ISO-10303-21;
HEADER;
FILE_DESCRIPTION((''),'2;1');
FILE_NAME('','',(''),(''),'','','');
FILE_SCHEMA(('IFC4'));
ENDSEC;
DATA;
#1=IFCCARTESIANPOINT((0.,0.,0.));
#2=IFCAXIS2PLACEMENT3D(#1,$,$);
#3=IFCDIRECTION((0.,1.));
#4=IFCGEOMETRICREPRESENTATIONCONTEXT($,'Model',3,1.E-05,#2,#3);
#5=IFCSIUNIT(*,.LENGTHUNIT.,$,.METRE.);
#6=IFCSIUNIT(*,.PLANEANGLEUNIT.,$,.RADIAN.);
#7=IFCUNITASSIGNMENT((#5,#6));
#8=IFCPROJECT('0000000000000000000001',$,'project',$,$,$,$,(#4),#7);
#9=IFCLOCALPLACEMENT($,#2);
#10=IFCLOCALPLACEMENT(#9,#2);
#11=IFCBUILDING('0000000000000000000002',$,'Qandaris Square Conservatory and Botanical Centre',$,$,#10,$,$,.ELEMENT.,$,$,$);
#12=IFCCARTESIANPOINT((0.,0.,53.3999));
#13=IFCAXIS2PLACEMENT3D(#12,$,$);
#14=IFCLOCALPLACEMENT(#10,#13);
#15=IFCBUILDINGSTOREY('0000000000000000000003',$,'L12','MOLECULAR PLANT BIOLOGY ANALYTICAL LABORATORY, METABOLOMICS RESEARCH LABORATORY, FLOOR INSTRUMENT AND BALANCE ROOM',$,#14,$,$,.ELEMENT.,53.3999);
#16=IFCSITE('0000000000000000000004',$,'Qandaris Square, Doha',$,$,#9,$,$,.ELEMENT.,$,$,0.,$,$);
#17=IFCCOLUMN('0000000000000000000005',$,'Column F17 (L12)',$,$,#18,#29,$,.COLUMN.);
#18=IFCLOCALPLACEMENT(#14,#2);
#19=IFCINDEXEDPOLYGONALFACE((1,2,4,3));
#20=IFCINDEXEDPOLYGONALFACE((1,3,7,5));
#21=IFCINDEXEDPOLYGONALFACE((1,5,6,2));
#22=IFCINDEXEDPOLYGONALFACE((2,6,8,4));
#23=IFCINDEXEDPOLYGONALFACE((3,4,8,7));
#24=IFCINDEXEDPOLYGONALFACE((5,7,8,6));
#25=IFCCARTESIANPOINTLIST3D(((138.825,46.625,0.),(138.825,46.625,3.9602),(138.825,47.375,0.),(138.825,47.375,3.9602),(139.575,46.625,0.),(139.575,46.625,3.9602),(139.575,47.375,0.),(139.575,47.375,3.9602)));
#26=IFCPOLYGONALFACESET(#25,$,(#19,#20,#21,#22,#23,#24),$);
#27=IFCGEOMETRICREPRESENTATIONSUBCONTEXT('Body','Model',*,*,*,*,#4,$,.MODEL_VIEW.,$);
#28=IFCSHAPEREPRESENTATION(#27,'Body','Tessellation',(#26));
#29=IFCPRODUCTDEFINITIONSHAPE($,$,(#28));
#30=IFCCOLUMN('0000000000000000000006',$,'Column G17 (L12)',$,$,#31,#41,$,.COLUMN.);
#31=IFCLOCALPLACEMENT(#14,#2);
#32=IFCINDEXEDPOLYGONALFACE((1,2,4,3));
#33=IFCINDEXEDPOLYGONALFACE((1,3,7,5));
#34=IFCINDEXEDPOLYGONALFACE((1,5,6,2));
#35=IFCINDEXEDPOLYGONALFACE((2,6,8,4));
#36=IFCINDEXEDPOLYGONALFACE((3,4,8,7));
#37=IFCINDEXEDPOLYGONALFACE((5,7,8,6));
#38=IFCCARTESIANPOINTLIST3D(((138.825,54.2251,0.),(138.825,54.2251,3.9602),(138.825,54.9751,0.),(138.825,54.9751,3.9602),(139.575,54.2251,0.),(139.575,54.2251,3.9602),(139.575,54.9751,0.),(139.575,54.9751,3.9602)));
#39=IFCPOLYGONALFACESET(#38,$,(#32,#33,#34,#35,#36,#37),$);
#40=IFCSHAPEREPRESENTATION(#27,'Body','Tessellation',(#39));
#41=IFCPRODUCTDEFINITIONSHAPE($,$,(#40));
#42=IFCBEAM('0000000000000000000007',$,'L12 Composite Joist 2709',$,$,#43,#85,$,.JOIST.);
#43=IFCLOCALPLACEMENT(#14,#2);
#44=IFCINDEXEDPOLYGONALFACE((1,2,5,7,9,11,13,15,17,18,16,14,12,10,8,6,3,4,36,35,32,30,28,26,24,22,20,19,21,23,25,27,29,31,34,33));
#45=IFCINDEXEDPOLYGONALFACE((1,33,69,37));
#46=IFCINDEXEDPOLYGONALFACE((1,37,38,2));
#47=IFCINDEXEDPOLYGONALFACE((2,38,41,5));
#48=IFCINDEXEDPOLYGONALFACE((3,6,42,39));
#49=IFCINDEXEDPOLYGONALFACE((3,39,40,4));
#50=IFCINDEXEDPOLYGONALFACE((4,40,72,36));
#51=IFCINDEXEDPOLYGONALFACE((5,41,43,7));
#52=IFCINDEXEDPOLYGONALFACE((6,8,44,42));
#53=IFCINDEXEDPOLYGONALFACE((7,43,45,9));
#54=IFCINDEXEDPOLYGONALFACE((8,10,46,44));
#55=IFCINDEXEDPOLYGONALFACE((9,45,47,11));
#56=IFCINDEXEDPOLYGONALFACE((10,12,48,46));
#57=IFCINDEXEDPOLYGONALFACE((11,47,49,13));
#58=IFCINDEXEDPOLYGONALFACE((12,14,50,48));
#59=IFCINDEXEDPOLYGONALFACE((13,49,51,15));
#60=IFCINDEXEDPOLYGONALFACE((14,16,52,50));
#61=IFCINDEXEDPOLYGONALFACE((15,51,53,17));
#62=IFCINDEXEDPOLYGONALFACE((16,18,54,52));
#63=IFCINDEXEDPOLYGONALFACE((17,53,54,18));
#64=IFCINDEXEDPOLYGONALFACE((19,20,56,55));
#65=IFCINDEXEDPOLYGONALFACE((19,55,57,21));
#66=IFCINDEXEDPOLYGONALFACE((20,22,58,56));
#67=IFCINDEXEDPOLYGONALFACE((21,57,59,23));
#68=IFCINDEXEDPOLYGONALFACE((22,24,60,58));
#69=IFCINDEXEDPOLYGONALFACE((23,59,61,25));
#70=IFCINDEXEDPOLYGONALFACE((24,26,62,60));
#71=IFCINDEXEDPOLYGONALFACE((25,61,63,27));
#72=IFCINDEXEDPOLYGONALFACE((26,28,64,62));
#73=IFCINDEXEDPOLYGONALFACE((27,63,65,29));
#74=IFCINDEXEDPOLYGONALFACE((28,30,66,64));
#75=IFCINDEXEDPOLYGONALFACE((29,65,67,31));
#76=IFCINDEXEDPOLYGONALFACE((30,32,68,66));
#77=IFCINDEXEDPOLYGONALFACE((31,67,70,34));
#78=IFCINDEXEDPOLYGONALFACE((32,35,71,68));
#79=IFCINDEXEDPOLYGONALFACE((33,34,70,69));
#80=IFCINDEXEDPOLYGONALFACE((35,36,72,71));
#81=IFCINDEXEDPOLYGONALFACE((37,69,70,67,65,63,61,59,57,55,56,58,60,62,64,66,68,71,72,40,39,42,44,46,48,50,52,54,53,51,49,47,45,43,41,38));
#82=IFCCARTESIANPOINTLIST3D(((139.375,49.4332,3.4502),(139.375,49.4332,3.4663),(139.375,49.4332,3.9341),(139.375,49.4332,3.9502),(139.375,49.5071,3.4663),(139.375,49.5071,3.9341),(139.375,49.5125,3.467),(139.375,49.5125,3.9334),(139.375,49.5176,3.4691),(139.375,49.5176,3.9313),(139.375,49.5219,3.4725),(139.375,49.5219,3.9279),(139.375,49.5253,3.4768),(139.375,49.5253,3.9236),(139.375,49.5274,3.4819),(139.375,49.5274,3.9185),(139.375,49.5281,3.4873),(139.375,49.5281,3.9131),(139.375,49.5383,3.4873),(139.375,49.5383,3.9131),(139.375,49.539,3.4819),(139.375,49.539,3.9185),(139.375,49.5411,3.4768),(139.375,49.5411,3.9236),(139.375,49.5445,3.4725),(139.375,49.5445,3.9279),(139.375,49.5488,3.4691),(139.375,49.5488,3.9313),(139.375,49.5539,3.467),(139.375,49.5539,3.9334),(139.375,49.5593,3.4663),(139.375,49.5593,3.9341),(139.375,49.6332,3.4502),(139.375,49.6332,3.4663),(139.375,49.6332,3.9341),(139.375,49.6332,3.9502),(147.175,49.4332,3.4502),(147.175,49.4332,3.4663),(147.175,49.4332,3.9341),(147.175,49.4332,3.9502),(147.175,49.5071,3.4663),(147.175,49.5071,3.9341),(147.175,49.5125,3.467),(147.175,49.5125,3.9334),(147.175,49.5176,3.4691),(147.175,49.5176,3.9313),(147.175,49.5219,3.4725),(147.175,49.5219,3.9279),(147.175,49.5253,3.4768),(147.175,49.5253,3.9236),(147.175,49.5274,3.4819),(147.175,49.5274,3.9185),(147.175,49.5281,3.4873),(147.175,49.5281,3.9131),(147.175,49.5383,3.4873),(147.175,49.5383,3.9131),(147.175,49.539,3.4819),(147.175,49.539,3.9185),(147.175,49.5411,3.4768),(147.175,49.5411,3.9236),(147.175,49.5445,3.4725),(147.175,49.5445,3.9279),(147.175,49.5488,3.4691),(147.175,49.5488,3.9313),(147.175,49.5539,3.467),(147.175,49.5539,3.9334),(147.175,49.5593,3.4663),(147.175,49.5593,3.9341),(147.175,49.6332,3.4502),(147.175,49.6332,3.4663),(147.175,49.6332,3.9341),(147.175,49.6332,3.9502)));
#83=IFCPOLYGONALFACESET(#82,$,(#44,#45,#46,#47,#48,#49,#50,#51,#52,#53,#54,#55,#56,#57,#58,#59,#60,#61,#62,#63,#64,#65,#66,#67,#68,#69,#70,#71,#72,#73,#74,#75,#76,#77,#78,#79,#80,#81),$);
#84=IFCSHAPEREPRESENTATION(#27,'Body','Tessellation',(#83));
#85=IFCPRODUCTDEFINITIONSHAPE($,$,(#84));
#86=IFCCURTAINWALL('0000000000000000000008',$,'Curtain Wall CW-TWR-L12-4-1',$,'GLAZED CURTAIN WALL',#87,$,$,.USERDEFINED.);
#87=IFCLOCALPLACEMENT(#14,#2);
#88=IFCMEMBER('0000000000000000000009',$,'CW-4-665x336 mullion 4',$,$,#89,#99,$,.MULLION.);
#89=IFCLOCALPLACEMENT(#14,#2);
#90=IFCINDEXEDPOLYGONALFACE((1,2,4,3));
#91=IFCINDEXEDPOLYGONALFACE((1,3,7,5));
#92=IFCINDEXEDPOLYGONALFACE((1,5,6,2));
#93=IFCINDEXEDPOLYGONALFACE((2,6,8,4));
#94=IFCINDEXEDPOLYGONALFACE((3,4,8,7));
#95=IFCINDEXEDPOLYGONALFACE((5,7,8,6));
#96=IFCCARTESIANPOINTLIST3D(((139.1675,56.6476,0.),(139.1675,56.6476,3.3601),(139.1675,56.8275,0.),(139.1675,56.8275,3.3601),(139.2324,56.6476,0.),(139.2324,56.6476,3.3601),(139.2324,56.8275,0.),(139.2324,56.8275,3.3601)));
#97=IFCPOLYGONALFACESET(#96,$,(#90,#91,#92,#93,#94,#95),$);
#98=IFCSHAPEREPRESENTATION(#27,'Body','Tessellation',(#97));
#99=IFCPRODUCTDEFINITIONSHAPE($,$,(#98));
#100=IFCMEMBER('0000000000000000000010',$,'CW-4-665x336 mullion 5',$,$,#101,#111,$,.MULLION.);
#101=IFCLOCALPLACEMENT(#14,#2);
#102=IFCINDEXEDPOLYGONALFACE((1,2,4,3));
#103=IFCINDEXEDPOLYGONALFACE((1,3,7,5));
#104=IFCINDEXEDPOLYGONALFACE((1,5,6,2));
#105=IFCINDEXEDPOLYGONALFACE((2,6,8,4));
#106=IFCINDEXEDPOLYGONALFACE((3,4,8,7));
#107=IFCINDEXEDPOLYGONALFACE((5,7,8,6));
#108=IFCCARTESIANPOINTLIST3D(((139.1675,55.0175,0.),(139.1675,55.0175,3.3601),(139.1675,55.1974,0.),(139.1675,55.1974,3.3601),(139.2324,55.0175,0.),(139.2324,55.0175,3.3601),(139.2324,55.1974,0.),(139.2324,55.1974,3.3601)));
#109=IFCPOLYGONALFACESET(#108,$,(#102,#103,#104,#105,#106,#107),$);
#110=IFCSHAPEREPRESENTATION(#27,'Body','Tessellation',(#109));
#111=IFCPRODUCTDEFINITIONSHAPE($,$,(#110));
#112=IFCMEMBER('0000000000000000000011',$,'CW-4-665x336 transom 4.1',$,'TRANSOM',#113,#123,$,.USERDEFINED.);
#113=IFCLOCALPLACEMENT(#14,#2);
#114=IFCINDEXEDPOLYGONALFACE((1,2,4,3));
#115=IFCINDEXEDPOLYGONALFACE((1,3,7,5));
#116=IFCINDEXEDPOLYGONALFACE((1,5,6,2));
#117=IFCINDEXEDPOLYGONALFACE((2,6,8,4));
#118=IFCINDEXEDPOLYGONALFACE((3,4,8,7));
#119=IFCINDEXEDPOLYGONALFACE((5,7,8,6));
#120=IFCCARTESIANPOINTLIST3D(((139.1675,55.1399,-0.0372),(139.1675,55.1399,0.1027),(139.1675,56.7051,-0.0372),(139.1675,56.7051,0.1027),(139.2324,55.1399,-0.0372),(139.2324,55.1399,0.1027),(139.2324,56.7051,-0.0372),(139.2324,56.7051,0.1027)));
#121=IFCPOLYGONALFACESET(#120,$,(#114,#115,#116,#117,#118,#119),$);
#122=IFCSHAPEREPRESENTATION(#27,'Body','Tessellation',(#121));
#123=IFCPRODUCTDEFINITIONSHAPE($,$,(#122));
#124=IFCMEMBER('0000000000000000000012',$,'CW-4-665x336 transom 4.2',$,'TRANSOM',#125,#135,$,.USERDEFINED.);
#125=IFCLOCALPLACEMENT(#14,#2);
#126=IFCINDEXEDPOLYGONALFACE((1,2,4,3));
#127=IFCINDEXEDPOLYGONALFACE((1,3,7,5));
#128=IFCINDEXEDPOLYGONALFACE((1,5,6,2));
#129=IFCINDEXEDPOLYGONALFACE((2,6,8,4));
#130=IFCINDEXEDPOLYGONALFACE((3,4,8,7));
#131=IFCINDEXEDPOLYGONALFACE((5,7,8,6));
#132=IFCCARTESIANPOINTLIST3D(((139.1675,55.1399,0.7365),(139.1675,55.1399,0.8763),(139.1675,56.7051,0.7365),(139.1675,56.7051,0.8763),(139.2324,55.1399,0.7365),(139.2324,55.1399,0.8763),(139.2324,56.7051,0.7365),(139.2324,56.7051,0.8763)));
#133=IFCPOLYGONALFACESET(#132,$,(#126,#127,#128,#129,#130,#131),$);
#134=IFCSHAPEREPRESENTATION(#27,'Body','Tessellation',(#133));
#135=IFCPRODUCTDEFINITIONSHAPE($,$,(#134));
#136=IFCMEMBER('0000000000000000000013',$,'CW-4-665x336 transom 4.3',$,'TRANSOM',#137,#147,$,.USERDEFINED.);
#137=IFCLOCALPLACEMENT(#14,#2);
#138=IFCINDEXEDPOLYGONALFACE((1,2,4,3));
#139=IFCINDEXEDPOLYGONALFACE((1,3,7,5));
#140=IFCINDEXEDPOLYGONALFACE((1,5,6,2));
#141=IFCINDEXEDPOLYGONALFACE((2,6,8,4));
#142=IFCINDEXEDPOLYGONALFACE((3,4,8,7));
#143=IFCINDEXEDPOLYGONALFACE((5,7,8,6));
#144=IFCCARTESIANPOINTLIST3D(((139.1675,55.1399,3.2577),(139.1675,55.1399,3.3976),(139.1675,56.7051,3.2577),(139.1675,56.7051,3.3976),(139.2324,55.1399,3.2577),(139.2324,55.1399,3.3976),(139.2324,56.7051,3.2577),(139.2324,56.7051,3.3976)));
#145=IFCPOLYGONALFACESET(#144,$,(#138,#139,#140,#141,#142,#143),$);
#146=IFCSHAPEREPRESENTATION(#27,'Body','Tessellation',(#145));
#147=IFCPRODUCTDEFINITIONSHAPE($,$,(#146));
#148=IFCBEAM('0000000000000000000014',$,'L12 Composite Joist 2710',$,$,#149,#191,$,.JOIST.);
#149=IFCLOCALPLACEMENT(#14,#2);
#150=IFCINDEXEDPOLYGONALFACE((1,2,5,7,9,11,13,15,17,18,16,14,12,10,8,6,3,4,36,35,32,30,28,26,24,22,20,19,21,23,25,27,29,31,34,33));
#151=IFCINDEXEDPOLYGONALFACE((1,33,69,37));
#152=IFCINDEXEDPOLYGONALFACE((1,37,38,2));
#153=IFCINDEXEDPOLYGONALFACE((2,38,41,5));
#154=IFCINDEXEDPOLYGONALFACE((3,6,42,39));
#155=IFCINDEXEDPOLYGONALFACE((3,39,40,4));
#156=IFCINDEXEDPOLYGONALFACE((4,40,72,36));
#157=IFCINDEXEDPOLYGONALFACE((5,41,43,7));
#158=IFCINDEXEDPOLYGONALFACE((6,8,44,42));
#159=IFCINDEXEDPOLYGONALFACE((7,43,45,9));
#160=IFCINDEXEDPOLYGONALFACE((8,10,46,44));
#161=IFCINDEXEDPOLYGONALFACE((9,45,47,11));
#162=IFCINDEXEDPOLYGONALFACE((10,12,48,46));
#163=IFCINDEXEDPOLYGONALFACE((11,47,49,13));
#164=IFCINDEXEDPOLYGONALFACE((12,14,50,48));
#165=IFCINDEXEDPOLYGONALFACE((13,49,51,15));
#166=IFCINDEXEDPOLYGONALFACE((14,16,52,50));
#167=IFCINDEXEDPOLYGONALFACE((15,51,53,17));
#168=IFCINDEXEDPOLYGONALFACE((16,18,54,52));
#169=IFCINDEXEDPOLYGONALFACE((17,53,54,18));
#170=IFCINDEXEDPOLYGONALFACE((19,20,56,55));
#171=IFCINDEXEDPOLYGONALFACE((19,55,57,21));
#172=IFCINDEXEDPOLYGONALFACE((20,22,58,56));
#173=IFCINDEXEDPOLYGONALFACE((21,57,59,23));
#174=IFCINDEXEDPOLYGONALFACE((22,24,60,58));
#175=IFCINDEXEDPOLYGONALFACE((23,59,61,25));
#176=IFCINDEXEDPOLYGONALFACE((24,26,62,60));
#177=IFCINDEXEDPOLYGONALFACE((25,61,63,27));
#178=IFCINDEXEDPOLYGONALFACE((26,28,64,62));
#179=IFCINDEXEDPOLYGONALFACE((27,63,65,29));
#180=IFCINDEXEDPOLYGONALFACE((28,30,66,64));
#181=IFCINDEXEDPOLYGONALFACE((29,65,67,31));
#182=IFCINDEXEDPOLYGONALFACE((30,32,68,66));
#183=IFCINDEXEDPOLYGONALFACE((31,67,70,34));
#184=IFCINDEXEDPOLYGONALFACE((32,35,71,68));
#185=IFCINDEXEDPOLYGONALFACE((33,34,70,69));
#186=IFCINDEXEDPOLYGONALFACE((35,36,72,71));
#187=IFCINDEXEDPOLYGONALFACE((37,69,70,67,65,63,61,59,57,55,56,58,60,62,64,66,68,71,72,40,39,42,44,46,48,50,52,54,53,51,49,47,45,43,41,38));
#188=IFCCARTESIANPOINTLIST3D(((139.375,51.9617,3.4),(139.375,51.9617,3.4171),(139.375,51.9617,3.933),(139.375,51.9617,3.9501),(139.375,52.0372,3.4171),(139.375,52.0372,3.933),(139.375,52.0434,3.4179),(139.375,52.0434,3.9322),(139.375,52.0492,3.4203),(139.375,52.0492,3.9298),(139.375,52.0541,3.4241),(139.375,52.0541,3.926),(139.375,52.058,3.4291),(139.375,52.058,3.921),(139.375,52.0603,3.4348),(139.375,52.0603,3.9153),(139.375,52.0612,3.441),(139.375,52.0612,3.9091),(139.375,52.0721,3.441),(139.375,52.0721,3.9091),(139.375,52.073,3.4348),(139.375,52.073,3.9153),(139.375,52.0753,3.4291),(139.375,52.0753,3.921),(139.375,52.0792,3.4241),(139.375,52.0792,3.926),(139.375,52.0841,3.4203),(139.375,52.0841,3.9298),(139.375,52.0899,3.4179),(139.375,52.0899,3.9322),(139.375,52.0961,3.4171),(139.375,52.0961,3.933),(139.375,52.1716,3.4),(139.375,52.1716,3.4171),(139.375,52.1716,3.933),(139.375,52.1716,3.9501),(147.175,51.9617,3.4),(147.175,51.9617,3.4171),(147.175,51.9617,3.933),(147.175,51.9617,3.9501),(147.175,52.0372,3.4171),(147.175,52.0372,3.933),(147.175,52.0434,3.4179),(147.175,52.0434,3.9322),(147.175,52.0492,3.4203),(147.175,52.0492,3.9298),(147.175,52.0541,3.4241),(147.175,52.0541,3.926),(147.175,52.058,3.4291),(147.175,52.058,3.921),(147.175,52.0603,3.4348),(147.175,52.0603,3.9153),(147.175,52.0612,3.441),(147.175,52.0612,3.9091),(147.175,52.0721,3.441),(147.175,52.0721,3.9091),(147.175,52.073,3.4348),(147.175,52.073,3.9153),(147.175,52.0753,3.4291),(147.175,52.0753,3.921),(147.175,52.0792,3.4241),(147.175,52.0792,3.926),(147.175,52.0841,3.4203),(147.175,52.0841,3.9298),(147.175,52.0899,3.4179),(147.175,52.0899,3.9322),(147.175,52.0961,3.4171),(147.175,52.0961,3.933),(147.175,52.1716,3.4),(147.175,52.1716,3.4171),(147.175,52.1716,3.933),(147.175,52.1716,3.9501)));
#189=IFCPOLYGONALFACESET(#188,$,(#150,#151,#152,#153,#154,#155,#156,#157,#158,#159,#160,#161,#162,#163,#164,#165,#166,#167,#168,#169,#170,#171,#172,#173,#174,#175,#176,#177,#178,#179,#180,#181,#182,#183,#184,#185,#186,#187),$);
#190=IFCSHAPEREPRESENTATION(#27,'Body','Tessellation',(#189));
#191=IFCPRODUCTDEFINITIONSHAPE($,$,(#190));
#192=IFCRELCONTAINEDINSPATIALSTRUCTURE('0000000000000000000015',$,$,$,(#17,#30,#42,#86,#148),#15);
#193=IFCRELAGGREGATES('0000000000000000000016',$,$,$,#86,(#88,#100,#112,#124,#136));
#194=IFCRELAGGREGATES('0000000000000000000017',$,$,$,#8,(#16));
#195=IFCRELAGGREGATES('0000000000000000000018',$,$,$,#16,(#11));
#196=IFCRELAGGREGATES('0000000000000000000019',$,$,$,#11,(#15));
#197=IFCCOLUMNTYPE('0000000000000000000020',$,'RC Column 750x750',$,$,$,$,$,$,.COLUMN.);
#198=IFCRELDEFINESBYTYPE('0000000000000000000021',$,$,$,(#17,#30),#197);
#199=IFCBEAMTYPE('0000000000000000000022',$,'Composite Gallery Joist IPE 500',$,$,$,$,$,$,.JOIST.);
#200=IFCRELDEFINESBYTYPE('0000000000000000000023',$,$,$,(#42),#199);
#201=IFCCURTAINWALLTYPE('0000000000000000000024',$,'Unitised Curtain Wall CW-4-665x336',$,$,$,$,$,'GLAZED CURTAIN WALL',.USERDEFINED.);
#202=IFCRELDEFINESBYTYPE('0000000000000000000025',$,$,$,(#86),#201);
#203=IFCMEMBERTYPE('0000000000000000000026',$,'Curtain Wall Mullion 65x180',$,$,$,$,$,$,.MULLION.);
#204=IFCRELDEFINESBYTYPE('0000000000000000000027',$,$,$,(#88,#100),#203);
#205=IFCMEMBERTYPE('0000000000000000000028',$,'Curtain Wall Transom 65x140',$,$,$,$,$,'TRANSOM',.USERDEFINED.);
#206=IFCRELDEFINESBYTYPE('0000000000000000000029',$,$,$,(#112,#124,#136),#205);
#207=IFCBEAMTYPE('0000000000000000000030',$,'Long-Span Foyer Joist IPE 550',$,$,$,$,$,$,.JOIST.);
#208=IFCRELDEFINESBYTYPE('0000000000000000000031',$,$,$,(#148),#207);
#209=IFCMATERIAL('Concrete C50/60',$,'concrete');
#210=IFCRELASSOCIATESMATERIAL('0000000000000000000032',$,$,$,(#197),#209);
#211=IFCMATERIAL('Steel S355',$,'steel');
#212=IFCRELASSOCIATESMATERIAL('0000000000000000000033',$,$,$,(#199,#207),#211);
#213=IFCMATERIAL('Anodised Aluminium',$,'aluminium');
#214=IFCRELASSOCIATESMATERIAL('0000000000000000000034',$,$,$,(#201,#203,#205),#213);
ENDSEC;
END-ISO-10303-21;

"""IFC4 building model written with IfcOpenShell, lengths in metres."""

from ifc_helpers import new_model, si_unit, direction, frame, origin, origin_2d, place, context, subcontext, project, spatial, rectangle, i_section, extrude, material, material_profile, profile_set, type_object, element, aggregate, save


model = new_model("IFC4")

# Units and contexts
model_context = context("Model", 3, precision=1e-05, world=origin(), true_north=direction((0.0, 1.0)))
body_context = subcontext(model_context, "Body", "Model", "MODEL_VIEW")
ifc_project = project(units=[si_unit("LENGTHUNIT", "METRE"), si_unit("PLANEANGLEUNIT", "RADIAN")], contexts=[model_context])

# Site, building, storey
site_placement = place(None, origin())
site = spatial("IfcSite", under=ifc_project, at=site_placement, Name="Qandaris Square, Doha", CompositionType="ELEMENT", RefElevation=0.0)
building_placement = place(site_placement, origin())
building = spatial("IfcBuilding", under=site, at=building_placement, Name="Qandaris Square Conservatory and Botanical Centre", CompositionType="ELEMENT")
storey_placement = place(building_placement, frame((0.0, 0.0, 53.3999)))
storey = spatial("IfcBuildingStorey", under=building, at=storey_placement, Name="L12", Description="MOLECULAR PLANT BIOLOGY ANALYTICAL LABORATORY, METABOLOMICS RESEARCH LABORATORY, FLOOR INSTRUMENT AND BALANCE ROOM", CompositionType="ELEMENT", Elevation=53.3999)

# Columns
ifc_material_1 = material(Name="Concrete C50/60", Category="concrete")
ifc_material_profile_1 = material_profile(ifc_material_1, rectangle(XDim=0.75, YDim=0.75, at=origin_2d()), Name="RC-COL 750x750")
ifc_profile_set_1 = profile_set([ifc_material_profile_1], Name="Concrete C50/60")
column_type = type_object("IfcColumnType", Name="RC Column 750x750", PredefinedType="COLUMN", material=ifc_profile_set_1)
for number, where, z_axis, x_axis, name in (
    (1, (139.2, 47.0, 0.0), (0.0, 0.0, 1.0), (1.0, 0.0, 0.0), "Column F17 (L12)"),
    (2, (139.2, 54.6001, 0.0), (0.0, 0.0, 1.0), (1.0, 0.0, 0.0), "Column G17 (L12)"),
):
    element("IfcColumn", number, at=place(storey_placement, frame(where, z_axis=z_axis, x_axis=x_axis)), inside=storey, type_object=column_type, Name=name, PredefinedType="COLUMN", context=body_context, shape_type="SweptSolid", body=[
        extrude(rectangle(XDim=0.75, YDim=0.75, at=origin_2d()), origin(), (0.0, 0.0, 1.0), 3.9602),
    ])

# Beam
ifc_material_2 = material(Name="Steel S355", Category="steel")
ifc_material_profile_2 = material_profile(ifc_material_2, i_section(OverallWidth=0.2, OverallDepth=0.5, WebThickness=0.0103, FlangeThickness=0.0161, FilletRadius=0.021, at=origin_2d()), Name="IPE 500")
ifc_profile_set_2 = profile_set([ifc_material_profile_2], Name="Steel S355")
beam_type_1 = type_object("IfcBeamType", Name="Composite Gallery Joist IPE 500", PredefinedType="JOIST", material=ifc_profile_set_2)
beam_1_placement = place(storey_placement, frame((139.375, 49.5332, 3.7002), z_axis=(1.0, 0.0, 0.0), x_axis=(0.0, 1.0, 0.0)))
element("IfcBeam", 3, at=beam_1_placement, inside=storey, type_object=beam_type_1, Name="L12 Composite Joist 2709", PredefinedType="JOIST", context=body_context, shape_type="SweptSolid", body=[
    extrude(i_section(OverallWidth=0.2, OverallDepth=0.5, WebThickness=0.0103, FlangeThickness=0.0161, FilletRadius=0.021, at=origin_2d()), origin(), (0.0, 0.0, 1.0), 7.8),
])

# Curtain wall, members
ifc_material_3 = material(Name="Anodised Aluminium", Category="aluminium")
curtain_wall_type = type_object("IfcCurtainWallType", Name="Unitised Curtain Wall CW-4-665x336", ElementType="GLAZED CURTAIN WALL", PredefinedType="USERDEFINED", material=ifc_material_3)
curtain_wall_placement = place(storey_placement, origin())
curtain_wall = element("IfcCurtainWall", 4, at=curtain_wall_placement, inside=storey, type_object=curtain_wall_type, Name="Curtain Wall CW-TWR-L12-4-1", ObjectType="GLAZED CURTAIN WALL", PredefinedType="USERDEFINED")
ifc_material_profile_3 = material_profile(ifc_material_3, rectangle(XDim=0.0649, YDim=0.1799, at=origin_2d()), Name="ALU-MUL 65x180")
ifc_profile_set_3 = profile_set([ifc_material_profile_3], Name="Anodised Aluminium")
member_type_1 = type_object("IfcMemberType", Name="Curtain Wall Mullion 65x180", PredefinedType="MULLION", material=ifc_profile_set_3)
member_1_placement = place(storey_placement, frame((139.2, 56.7375, 0.0), z_axis=(0.0, 0.0, 1.0), x_axis=(1.0, 0.0, 0.0)))
member_1 = element("IfcMember", 5, at=member_1_placement, type_object=member_type_1, Name="CW-4-665x336 mullion 4", PredefinedType="MULLION", context=body_context, shape_type="SweptSolid", body=[
    extrude(rectangle(XDim=0.0649, YDim=0.1799, at=origin_2d()), origin(), (0.0, 0.0, 1.0), 3.3601),
])
member_2_placement = place(storey_placement, frame((139.2, 55.1074, 0.0), z_axis=(0.0, 0.0, 1.0), x_axis=(1.0, 0.0, 0.0)))
member_2 = element("IfcMember", 6, at=member_2_placement, type_object=member_type_1, Name="CW-4-665x336 mullion 5", PredefinedType="MULLION", context=body_context, shape_type="SweptSolid", body=[
    extrude(rectangle(XDim=0.0649, YDim=0.1799, at=origin_2d()), origin(), (0.0, 0.0, 1.0), 3.3601),
])
ifc_material_profile_4 = material_profile(ifc_material_3, rectangle(XDim=0.0649, YDim=0.1399, at=origin_2d()), Name="ALU-TRN 65x140")
ifc_profile_set_4 = profile_set([ifc_material_profile_4], Name="Anodised Aluminium")
member_type_2 = type_object("IfcMemberType", Name="Curtain Wall Transom 65x140", ElementType="TRANSOM", PredefinedType="USERDEFINED", material=ifc_profile_set_4)
member_3_placement = place(storey_placement, frame((139.2, 56.7051, 0.0327), z_axis=(0.0, -1.0, 0.0), x_axis=(1.0, 0.0, 0.0)))
member_3 = element("IfcMember", 7, at=member_3_placement, type_object=member_type_2, Name="CW-4-665x336 transom 4.1", ObjectType="TRANSOM", PredefinedType="USERDEFINED", context=body_context, shape_type="SweptSolid", body=[
    extrude(rectangle(XDim=0.0649, YDim=0.1399, at=origin_2d()), origin(), (0.0, 0.0, 1.0), 1.5652),
])
member_4_placement = place(storey_placement, frame((139.2, 56.7051, 0.8064), z_axis=(0.0, -1.0, 0.0), x_axis=(1.0, 0.0, 0.0)))
member_4 = element("IfcMember", 8, at=member_4_placement, type_object=member_type_2, Name="CW-4-665x336 transom 4.2", ObjectType="TRANSOM", PredefinedType="USERDEFINED", context=body_context, shape_type="SweptSolid", body=[
    extrude(rectangle(XDim=0.0649, YDim=0.1399, at=origin_2d()), origin(), (0.0, 0.0, 1.0), 1.5652),
])
member_5_placement = place(storey_placement, frame((139.2, 56.7051, 3.3276), z_axis=(0.0, -1.0, 0.0), x_axis=(1.0, 0.0, 0.0)))
member_5 = element("IfcMember", 9, at=member_5_placement, type_object=member_type_2, Name="CW-4-665x336 transom 4.3", ObjectType="TRANSOM", PredefinedType="USERDEFINED", context=body_context, shape_type="SweptSolid", body=[
    extrude(rectangle(XDim=0.0649, YDim=0.1399, at=origin_2d()), origin(), (0.0, 0.0, 1.0), 1.5652),
])

# Beam
ifc_material_profile_5 = material_profile(ifc_material_2, i_section(OverallWidth=0.21, OverallDepth=0.55, WebThickness=0.011, FlangeThickness=0.0171, FilletRadius=0.0239, at=origin_2d()), Name="IPE 550")
ifc_profile_set_5 = profile_set([ifc_material_profile_5], Name="Steel S355")
beam_type_2 = type_object("IfcBeamType", Name="Long-Span Foyer Joist IPE 550", PredefinedType="JOIST", material=ifc_profile_set_5)
for number, where, z_axis, x_axis, name in (
    (10, (139.375, 52.0667, 3.675), (1.0, 0.0, 0.0), (0.0, 1.0, 0.0), "L12 Composite Joist 2710"),
):
    element("IfcBeam", number, at=place(storey_placement, frame(where, z_axis=z_axis, x_axis=x_axis)), inside=storey, type_object=beam_type_2, Name=name, PredefinedType="JOIST", context=body_context, shape_type="SweptSolid", body=[
        extrude(i_section(OverallWidth=0.21, OverallDepth=0.55, WebThickness=0.011, FlangeThickness=0.0171, FilletRadius=0.0239, at=origin_2d()), origin(), (0.0, 0.0, 1.0), 7.8),
    ])

aggregate(curtain_wall, [member_1, member_2, member_3, member_4, member_5])

save(model, "model.ifc")
